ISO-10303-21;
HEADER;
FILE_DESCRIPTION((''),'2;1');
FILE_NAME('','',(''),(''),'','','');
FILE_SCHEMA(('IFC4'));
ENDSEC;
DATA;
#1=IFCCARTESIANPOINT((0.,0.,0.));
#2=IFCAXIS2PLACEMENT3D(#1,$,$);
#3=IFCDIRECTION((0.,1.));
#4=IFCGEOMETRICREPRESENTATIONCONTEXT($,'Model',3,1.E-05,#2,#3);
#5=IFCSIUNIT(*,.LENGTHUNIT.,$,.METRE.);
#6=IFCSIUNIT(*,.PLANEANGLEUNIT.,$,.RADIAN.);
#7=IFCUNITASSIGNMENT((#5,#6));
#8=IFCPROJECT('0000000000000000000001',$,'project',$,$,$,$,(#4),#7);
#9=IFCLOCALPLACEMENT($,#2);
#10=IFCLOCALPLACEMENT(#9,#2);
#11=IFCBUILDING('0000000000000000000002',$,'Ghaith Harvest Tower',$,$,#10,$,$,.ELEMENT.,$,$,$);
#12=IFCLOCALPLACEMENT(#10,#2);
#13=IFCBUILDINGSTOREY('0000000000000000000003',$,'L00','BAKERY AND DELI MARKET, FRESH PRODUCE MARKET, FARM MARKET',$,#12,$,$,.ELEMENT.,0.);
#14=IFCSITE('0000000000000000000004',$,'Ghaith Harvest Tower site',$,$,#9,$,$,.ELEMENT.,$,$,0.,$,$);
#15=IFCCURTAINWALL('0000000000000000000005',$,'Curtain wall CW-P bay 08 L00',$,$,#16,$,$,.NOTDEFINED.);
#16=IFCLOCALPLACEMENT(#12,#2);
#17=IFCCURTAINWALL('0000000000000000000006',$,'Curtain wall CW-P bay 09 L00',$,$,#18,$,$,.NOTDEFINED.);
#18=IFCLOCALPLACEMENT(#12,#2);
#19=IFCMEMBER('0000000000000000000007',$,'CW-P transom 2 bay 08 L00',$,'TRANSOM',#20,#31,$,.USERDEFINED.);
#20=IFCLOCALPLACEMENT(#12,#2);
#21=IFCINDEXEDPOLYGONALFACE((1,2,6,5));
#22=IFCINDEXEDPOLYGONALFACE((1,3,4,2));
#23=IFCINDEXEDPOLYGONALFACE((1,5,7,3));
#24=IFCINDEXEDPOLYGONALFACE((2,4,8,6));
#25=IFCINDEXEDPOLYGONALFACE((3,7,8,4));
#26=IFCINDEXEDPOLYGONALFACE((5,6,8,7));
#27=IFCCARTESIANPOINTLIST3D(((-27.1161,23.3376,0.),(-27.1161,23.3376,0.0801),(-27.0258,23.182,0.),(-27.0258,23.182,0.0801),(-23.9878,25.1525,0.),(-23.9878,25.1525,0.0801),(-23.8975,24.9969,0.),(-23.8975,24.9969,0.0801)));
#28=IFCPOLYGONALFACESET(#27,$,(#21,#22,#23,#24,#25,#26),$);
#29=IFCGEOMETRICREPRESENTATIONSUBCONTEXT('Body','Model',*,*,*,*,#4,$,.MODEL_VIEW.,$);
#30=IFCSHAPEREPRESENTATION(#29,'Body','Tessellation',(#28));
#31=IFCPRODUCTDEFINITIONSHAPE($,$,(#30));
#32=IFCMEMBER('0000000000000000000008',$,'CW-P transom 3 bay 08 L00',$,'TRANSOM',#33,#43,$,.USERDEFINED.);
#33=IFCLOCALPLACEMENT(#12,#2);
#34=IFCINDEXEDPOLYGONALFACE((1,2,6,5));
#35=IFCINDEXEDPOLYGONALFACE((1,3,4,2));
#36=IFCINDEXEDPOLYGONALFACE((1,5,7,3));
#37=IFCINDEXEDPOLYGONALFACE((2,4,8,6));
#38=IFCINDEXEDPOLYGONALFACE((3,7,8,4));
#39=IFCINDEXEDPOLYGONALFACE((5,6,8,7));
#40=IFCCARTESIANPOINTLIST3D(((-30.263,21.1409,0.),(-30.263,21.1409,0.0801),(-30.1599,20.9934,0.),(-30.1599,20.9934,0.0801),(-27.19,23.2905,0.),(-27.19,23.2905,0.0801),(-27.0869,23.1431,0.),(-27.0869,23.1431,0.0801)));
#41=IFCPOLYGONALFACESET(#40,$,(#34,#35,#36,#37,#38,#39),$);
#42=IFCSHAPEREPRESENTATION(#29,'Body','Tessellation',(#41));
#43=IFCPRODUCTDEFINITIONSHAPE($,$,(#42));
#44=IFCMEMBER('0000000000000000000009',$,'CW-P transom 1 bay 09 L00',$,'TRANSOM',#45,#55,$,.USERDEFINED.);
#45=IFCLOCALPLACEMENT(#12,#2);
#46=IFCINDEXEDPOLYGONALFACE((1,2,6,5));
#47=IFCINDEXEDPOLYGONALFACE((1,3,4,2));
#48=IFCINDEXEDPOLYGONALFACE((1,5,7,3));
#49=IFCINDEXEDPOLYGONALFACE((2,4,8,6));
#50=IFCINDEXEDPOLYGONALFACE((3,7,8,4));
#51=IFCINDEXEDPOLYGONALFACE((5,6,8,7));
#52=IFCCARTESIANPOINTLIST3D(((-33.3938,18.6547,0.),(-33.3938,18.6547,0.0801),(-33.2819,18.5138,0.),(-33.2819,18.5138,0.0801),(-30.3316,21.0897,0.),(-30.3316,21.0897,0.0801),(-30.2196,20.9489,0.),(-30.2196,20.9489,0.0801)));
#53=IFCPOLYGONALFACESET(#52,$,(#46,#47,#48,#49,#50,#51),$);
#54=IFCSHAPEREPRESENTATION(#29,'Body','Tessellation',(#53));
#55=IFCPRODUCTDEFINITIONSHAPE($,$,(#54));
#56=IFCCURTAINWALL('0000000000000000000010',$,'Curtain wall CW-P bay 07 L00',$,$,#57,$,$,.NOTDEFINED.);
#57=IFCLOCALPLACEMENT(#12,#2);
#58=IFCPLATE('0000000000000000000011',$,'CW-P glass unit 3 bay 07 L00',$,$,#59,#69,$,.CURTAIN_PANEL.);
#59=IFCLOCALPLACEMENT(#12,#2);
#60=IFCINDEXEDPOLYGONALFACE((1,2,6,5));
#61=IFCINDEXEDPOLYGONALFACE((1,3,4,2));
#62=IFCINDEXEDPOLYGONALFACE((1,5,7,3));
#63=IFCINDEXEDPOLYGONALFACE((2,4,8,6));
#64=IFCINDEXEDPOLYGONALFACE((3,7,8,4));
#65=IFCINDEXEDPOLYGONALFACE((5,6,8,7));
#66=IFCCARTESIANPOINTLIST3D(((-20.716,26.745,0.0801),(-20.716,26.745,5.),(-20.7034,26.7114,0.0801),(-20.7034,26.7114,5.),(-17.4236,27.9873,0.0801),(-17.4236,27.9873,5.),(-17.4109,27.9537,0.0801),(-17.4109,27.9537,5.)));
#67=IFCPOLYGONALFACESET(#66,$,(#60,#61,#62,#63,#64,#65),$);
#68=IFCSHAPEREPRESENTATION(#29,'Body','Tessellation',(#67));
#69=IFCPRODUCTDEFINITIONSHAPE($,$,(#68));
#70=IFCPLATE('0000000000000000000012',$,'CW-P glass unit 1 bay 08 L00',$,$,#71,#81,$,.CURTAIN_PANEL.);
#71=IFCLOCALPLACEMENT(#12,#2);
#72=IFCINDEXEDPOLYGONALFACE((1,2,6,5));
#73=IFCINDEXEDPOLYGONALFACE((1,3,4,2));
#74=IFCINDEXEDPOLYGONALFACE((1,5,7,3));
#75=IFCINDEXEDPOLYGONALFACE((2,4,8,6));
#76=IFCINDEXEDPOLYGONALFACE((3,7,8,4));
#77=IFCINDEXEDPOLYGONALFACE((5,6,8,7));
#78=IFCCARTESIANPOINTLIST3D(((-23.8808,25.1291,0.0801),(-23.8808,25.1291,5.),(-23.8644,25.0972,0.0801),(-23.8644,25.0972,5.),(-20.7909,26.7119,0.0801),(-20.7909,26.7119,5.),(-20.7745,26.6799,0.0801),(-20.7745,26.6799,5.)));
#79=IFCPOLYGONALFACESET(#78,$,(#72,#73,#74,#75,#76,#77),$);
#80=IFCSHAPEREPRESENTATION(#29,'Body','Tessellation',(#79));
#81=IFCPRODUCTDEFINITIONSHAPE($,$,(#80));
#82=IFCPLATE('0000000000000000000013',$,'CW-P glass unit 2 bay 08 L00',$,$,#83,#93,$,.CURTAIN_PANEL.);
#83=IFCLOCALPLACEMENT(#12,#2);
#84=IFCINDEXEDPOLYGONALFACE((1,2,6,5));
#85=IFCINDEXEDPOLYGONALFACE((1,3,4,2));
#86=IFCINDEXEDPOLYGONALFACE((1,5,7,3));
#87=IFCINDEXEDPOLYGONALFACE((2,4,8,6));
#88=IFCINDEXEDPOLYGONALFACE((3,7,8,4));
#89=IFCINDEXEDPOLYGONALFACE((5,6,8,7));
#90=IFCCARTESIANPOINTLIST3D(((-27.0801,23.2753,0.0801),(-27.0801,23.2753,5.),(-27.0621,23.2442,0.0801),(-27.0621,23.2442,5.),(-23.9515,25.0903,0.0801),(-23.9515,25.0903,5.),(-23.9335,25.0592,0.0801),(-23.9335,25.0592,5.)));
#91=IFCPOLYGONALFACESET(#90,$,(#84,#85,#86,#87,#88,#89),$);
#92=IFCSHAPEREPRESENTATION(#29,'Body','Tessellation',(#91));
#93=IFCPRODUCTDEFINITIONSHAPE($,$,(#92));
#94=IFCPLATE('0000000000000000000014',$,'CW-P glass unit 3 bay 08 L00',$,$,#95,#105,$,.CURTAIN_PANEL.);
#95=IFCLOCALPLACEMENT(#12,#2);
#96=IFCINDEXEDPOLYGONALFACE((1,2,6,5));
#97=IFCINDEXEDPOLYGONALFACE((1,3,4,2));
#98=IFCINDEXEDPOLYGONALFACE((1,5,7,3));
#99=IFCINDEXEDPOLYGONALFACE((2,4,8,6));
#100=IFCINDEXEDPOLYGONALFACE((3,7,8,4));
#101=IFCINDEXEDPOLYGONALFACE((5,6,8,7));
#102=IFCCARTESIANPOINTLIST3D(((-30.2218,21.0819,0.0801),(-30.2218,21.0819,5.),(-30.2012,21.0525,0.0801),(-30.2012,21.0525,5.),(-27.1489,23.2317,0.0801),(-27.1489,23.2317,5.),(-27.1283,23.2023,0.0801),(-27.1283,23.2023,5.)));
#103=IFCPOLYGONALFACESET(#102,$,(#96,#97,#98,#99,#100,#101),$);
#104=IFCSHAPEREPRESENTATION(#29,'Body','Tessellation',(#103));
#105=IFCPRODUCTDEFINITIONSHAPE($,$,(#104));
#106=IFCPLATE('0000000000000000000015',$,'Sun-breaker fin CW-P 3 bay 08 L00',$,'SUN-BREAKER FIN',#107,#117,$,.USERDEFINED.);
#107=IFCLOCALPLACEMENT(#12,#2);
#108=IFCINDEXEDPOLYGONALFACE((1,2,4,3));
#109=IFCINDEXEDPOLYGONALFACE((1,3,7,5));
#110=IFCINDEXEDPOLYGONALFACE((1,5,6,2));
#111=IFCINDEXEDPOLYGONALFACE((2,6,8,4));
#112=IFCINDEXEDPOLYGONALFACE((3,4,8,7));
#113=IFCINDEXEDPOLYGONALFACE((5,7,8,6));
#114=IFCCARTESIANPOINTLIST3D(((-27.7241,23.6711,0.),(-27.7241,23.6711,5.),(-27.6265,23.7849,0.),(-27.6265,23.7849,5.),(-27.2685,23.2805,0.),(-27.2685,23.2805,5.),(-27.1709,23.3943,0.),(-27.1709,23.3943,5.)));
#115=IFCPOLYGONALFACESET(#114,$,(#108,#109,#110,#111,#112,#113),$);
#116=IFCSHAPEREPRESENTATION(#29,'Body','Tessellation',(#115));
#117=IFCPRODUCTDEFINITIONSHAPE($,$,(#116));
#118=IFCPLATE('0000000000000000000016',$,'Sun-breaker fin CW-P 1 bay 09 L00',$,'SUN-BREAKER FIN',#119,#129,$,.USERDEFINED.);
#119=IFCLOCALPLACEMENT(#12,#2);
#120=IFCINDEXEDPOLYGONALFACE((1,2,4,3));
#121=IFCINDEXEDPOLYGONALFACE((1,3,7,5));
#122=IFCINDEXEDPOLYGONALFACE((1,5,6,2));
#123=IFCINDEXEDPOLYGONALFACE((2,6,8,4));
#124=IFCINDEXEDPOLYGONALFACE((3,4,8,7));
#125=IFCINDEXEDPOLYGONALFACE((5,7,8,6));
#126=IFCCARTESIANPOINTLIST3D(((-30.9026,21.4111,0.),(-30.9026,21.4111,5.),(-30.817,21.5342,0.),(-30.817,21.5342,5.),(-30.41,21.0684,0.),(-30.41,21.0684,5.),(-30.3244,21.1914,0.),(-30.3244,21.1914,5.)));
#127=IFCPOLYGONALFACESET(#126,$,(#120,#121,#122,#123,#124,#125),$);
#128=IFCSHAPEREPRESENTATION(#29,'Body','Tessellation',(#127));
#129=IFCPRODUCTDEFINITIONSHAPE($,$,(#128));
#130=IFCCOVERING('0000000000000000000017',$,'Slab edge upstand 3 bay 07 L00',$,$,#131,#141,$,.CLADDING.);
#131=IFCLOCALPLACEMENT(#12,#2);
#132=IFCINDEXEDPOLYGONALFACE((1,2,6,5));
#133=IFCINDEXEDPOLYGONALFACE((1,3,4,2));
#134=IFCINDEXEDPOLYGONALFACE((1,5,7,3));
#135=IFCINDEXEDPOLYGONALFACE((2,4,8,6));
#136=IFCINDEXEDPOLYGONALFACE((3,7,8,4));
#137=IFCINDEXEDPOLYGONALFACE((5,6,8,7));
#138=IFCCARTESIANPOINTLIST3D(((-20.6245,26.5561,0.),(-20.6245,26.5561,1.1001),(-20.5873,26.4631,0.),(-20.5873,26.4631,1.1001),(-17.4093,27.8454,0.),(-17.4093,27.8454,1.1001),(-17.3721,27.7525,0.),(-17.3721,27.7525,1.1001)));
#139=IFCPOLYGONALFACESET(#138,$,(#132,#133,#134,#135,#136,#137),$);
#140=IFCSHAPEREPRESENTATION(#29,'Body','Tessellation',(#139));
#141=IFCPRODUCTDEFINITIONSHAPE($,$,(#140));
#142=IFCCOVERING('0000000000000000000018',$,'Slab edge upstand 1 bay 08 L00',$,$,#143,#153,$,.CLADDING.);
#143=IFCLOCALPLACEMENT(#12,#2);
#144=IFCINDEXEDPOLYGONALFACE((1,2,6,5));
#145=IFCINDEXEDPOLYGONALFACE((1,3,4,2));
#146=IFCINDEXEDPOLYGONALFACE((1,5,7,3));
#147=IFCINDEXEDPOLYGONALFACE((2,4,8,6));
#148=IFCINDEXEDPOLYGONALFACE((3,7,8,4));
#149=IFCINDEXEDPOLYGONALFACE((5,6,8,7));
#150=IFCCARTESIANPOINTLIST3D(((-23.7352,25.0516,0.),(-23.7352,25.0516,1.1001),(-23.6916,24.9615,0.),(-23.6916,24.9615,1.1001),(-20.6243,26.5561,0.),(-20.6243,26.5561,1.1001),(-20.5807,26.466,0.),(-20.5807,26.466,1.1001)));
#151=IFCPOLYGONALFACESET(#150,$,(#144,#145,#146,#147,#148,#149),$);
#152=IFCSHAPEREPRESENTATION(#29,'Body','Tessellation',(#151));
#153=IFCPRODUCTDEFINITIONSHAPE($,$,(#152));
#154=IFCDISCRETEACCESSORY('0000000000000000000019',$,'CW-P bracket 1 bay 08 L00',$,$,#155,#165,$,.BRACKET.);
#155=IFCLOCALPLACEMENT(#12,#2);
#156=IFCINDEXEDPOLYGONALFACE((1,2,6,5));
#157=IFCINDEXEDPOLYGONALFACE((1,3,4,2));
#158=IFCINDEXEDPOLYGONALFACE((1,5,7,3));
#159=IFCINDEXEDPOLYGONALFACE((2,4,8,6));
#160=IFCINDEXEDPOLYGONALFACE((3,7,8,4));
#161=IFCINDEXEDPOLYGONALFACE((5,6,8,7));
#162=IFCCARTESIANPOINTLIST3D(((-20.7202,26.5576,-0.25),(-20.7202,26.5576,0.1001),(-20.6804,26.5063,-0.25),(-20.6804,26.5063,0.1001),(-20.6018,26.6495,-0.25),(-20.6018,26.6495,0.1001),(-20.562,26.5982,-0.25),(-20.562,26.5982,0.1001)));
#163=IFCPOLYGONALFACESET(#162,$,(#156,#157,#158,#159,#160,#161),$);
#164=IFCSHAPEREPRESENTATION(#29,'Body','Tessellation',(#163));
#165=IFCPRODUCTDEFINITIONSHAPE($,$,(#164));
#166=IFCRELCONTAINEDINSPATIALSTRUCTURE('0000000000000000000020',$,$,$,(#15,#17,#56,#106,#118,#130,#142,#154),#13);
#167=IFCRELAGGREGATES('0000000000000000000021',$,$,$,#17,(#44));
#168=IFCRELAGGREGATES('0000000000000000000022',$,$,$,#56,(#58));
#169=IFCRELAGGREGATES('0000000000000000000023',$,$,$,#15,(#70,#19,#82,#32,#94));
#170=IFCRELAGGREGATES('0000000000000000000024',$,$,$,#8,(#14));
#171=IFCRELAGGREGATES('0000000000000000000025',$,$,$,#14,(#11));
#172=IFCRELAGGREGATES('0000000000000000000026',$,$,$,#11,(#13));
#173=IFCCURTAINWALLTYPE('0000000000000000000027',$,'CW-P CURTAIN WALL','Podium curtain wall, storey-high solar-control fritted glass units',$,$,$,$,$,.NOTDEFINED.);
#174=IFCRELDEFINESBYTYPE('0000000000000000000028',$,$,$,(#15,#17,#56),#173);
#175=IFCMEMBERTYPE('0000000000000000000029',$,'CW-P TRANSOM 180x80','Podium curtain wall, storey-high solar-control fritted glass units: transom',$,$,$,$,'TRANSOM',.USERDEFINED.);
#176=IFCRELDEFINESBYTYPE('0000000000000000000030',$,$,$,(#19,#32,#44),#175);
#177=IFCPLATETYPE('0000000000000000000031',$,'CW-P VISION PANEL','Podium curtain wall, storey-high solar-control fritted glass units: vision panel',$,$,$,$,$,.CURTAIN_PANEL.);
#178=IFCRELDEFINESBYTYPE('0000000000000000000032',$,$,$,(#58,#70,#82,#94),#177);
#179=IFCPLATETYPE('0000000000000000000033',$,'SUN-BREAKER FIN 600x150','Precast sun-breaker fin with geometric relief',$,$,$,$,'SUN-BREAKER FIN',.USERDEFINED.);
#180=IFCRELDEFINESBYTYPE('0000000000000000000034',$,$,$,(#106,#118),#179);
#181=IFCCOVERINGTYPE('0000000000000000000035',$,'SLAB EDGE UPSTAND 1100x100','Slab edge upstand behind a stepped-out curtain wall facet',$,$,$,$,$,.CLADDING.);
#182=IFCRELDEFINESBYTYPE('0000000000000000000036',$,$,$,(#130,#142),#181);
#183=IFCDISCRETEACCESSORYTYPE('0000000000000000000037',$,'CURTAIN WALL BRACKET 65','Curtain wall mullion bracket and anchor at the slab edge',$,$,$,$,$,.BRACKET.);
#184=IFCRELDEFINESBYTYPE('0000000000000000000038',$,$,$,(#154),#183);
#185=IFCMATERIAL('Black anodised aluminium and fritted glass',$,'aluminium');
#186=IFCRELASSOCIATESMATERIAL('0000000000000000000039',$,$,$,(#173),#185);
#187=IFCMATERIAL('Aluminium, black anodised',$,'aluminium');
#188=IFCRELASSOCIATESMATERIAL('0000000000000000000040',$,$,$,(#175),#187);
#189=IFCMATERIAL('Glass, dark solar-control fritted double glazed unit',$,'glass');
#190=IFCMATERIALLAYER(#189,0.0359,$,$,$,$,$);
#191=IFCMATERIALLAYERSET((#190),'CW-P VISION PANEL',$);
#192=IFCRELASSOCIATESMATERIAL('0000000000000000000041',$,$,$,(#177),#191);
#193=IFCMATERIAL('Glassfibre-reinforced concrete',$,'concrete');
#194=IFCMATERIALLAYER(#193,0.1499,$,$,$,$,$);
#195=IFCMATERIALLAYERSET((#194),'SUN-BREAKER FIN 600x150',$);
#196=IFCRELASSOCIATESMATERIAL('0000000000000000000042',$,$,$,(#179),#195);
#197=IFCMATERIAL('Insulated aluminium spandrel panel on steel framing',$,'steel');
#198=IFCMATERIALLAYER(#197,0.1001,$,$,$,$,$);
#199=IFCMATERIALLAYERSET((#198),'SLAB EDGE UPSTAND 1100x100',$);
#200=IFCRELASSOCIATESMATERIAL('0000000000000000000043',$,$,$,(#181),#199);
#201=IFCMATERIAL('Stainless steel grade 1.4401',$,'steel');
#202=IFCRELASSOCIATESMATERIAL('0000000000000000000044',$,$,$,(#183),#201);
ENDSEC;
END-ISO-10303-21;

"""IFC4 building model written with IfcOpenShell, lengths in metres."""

from ifc_helpers import new_model, si_unit, direction, frame, origin, origin_2d, place, context, subcontext, project, spatial, rectangle, extrude, material, layer, layer_set, material_profile, profile_set, type_object, element, aggregate, save


model = new_model("IFC4")

# Units and contexts
model_context = context("Model", 3, precision=1e-05, world=origin(), true_north=direction((0.0, 1.0)))
body_context = subcontext(model_context, "Body", "Model", "MODEL_VIEW")
ifc_project = project(units=[si_unit("LENGTHUNIT", "METRE"), si_unit("PLANEANGLEUNIT", "RADIAN")], contexts=[model_context])

# Site, building, storey
site_placement = place(None, origin())
site = spatial("IfcSite", under=ifc_project, at=site_placement, Name="Ghaith Harvest Tower site", CompositionType="ELEMENT", RefElevation=0.0)
building_placement = place(site_placement, origin())
building = spatial("IfcBuilding", under=site, at=building_placement, Name="Ghaith Harvest Tower", CompositionType="ELEMENT")
storey_placement = place(building_placement, origin())
storey = spatial("IfcBuildingStorey", under=building, at=storey_placement, Name="L00", Description="BAKERY AND DELI MARKET, FRESH PRODUCE MARKET, FARM MARKET", CompositionType="ELEMENT", Elevation=0.0)

# Curtain wall
ifc_material_1 = material(Name="Black anodised aluminium and fritted glass", Category="aluminium")
curtain_wall_type = type_object("IfcCurtainWallType", Name="CW-P CURTAIN WALL", Description="Podium curtain wall, storey-high solar-control fritted glass units", PredefinedType="NOTDEFINED", material=ifc_material_1)
curtain_wall_1_placement = place(storey_placement, origin())
curtain_wall_1 = element("IfcCurtainWall", 1, at=curtain_wall_1_placement, inside=storey, type_object=curtain_wall_type, Name="Curtain wall CW-P bay 08 L00", PredefinedType="NOTDEFINED")

# Curtain wall
curtain_wall_2_placement = place(storey_placement, origin())
curtain_wall_2 = element("IfcCurtainWall", 2, at=curtain_wall_2_placement, inside=storey, type_object=curtain_wall_type, Name="Curtain wall CW-P bay 09 L00", PredefinedType="NOTDEFINED")

# Members
ifc_material_2 = material(Name="Aluminium, black anodised", Category="aluminium")
ifc_material_profile_1 = material_profile(ifc_material_2, rectangle(XDim=0.1799, YDim=0.0801, at=origin_2d()), Name="CW-P TRANSOM 180x80")
ifc_profile_set_1 = profile_set([ifc_material_profile_1], Name="Aluminium, black anodised")
member_type_1 = type_object("IfcMemberType", Name="CW-P TRANSOM 180x80", Description="Podium curtain wall, storey-high solar-control fritted glass units: transom", ElementType="TRANSOM", PredefinedType="USERDEFINED", material=ifc_profile_set_1)
member_1_placement = place(storey_placement, frame((-23.9426, 25.0747, 0.04), z_axis=(-0.864976, -0.501813, 0.0), x_axis=(0.501813, -0.864976, 0.0)))
member_1 = element("IfcMember", 3, at=member_1_placement, type_object=member_type_1, Name="CW-P transom 2 bay 08 L00", ObjectType="TRANSOM", PredefinedType="USERDEFINED", context=body_context, shape_type="SweptSolid", body=[
    extrude(rectangle(XDim=0.1799, YDim=0.0801, at=origin_2d()), origin(), (0.0, 0.0, 1.0), 3.6167),
])
member_2_placement = place(storey_placement, frame((-27.1384, 23.2168, 0.04), z_axis=(-0.819412, -0.573205, 0.0), x_axis=(0.573205, -0.819412, 0.0)))
member_2 = element("IfcMember", 4, at=member_2_placement, type_object=member_type_1, Name="CW-P transom 3 bay 08 L00", ObjectType="TRANSOM", PredefinedType="USERDEFINED", context=body_context, shape_type="SweptSolid", body=[
    extrude(rectangle(XDim=0.1799, YDim=0.0801, at=origin_2d()), origin(), (0.0, 0.0, 1.0), 3.7502),
])
member_3_placement = place(storey_placement, frame((-30.2756, 21.0193, 0.04), z_axis=(-0.782704, -0.622394, 0.0), x_axis=(0.622394, -0.782704, 0.0)))
member_3 = element("IfcMember", 5, at=member_3_placement, type_object=member_type_1, Name="CW-P transom 1 bay 09 L00", ObjectType="TRANSOM", PredefinedType="USERDEFINED", context=body_context, shape_type="SweptSolid", body=[
    extrude(rectangle(XDim=0.1799, YDim=0.0801, at=origin_2d()), origin(), (0.0, 0.0, 1.0), 3.9124),
])
aggregate(curtain_wall_2, [member_3])

# Curtain wall, plate
curtain_wall_3_placement = place(storey_placement, origin())
curtain_wall_3 = element("IfcCurtainWall", 6, at=curtain_wall_3_placement, inside=storey, type_object=curtain_wall_type, Name="Curtain wall CW-P bay 07 L00", PredefinedType="NOTDEFINED")
ifc_material_3 = material(Name="Glass, dark solar-control fritted double glazed unit", Category="glass")
ifc_layer_1 = layer(ifc_material_3, 0.0359)
ifc_layer_set_1 = layer_set([ifc_layer_1], Name="CW-P VISION PANEL")
plate_type_1 = type_object("IfcPlateType", Name="CW-P VISION PANEL", Description="Podium curtain wall, storey-high solar-control fritted glass units: vision panel", PredefinedType="CURTAIN_PANEL", material=ifc_layer_set_1)
plate_1_placement = place(storey_placement, frame((-19.0635, 27.3494, 0.0801), z_axis=(0.0, 0.0, 1.0), x_axis=(-0.935612, -0.353029, 0.0)))
plate_1 = element("IfcPlate", 7, at=plate_1_placement, type_object=plate_type_1, Name="CW-P glass unit 3 bay 07 L00", PredefinedType="CURTAIN_PANEL", context=body_context, shape_type="SweptSolid", body=[
    extrude(rectangle(XDim=3.519, YDim=0.0359, at=origin_2d()), origin(), (0.0, 0.0, 1.0), 4.9199),
])
aggregate(curtain_wall_3, [plate_1])

# Plates
plate_2_placement = place(storey_placement, frame((-22.3276, 25.9045, 0.0801), z_axis=(0.0, 0.0, 1.0), x_axis=(-0.890033, -0.455896, 0.0)))
plate_2 = element("IfcPlate", 8, at=plate_2_placement, type_object=plate_type_1, Name="CW-P glass unit 1 bay 08 L00", PredefinedType="CURTAIN_PANEL", context=body_context, shape_type="SweptSolid", body=[
    extrude(rectangle(XDim=3.4717, YDim=0.0359, at=origin_2d()), origin(), (0.0, 0.0, 1.0), 4.9199),
])
plate_3_placement = place(storey_placement, frame((-25.5068, 24.1672, 0.0801), z_axis=(0.0, 0.0, 1.0), x_axis=(-0.864982, -0.501803, 0.0)))
plate_3 = element("IfcPlate", 9, at=plate_3_placement, type_object=plate_type_1, Name="CW-P glass unit 2 bay 08 L00", PredefinedType="CURTAIN_PANEL", context=body_context, shape_type="SweptSolid", body=[
    extrude(rectangle(XDim=3.6169, YDim=0.0359, at=origin_2d()), origin(), (0.0, 0.0, 1.0), 4.9199),
])
plate_4_placement = place(storey_placement, frame((-28.675, 22.1421, 0.0801), z_axis=(0.0, 0.0, 1.0), x_axis=(-0.819392, -0.573234, 0.0)))
plate_4 = element("IfcPlate", 10, at=plate_4_placement, type_object=plate_type_1, Name="CW-P glass unit 3 bay 08 L00", PredefinedType="CURTAIN_PANEL", context=body_context, shape_type="SweptSolid", body=[
    extrude(rectangle(XDim=3.7502, YDim=0.0359, at=origin_2d()), origin(), (0.0, 0.0, 1.0), 4.9199),
])
aggregate(curtain_wall_1, [plate_2, member_1, plate_3, member_2, plate_4])

# Plates
ifc_material_4 = material(Name="Glassfibre-reinforced concrete", Category="concrete")
ifc_layer_2 = layer(ifc_material_4, 0.1499)
ifc_layer_set_2 = layer_set([ifc_layer_2], Name="SUN-BREAKER FIN 600x150")
plate_type_2 = type_object("IfcPlateType", Name="SUN-BREAKER FIN 600x150", Description="Precast sun-breaker fin with geometric relief", ElementType="SUN-BREAKER FIN", PredefinedType="USERDEFINED", material=ifc_layer_set_2)
for number, where, z_axis, x_axis, name in (
    (11, (-27.4475, 23.5327, 0.0), (0.0, 0.0, 1.0), (-0.75917, 0.650893, 0.0), "Sun-breaker fin CW-P 3 bay 08 L00"),
    (12, (-30.6135, 21.3013, 0.0), (0.0, 0.0, 1.0), (-0.820845, 0.57115, 0.0), "Sun-breaker fin CW-P 1 bay 09 L00"),
):
    element("IfcPlate", number, at=place(storey_placement, frame(where, z_axis=z_axis, x_axis=x_axis)), inside=storey, type_object=plate_type_2, Name=name, ObjectType="SUN-BREAKER FIN", PredefinedType="USERDEFINED", context=body_context, shape_type="SweptSolid", body=[
        extrude(rectangle(XDim=0.6001, YDim=0.1499, at=origin_2d()), origin(), (0.0, 0.0, 1.0), 5.0),
    ])

# Coverings
ifc_material_5 = material(Name="Insulated aluminium spandrel panel on steel framing", Category="steel")
ifc_layer_3 = layer(ifc_material_5, 0.1001)
ifc_layer_set_3 = layer_set([ifc_layer_3], Name="SLAB EDGE UPSTAND 1100x100")
covering_type = type_object("IfcCoveringType", Name="SLAB EDGE UPSTAND 1100x100", Description="Slab edge upstand behind a stepped-out curtain wall facet", PredefinedType="CLADDING", material=ifc_layer_set_3)
covering_1_placement = place(storey_placement, frame((-18.9983, 27.1543, 0.0), z_axis=(0.0, 0.0, 1.0), x_axis=(-0.928147, -0.372215, 0.0)))
element("IfcCovering", 13, at=covering_1_placement, inside=storey, type_object=covering_type, Name="Slab edge upstand 3 bay 07 L00", PredefinedType="CLADDING", context=body_context, shape_type="SweptSolid", body=[
    extrude(rectangle(XDim=3.4641, YDim=0.1001, at=origin_2d()), origin(), (0.0, 0.0, 1.0), 1.1001),
])
covering_2_placement = place(storey_placement, frame((-22.158, 25.7588, 0.0), z_axis=(0.0, 0.0, 1.0), x_axis=(-0.900243, -0.435388, 0.0)))
element("IfcCovering", 14, at=covering_2_placement, inside=storey, type_object=covering_type, Name="Slab edge upstand 1 bay 08 L00", PredefinedType="CLADDING", context=body_context, shape_type="SweptSolid", body=[
    extrude(rectangle(XDim=3.4556, YDim=0.1001, at=origin_2d()), origin(), (0.0, 0.0, 1.0), 1.1001),
])

# Discrete accessory
ifc_material_6 = material(Name="Stainless steel grade 1.4401", Category="steel")
discrete_accessory_type = type_object("IfcDiscreteAccessoryType", Name="CURTAIN WALL BRACKET 65", Description="Curtain wall mullion bracket and anchor at the slab edge", PredefinedType="BRACKET", material=ifc_material_6)
discrete_accessory_placement = place(storey_placement, frame((-20.6411, 26.5779, -0.25), z_axis=(0.0, 0.0, 1.0), x_axis=(-0.613378, 0.78979, 0.0)))
element("IfcDiscreteAccessory", 15, at=discrete_accessory_placement, inside=storey, type_object=discrete_accessory_type, Name="CW-P bracket 1 bay 08 L00", PredefinedType="BRACKET", context=body_context, shape_type="SweptSolid", body=[
    extrude(rectangle(XDim=0.0649, YDim=0.1499, at=origin_2d()), origin(), (0.0, 0.0, 1.0), 0.3501),
])

save(model, "model.ifc")
